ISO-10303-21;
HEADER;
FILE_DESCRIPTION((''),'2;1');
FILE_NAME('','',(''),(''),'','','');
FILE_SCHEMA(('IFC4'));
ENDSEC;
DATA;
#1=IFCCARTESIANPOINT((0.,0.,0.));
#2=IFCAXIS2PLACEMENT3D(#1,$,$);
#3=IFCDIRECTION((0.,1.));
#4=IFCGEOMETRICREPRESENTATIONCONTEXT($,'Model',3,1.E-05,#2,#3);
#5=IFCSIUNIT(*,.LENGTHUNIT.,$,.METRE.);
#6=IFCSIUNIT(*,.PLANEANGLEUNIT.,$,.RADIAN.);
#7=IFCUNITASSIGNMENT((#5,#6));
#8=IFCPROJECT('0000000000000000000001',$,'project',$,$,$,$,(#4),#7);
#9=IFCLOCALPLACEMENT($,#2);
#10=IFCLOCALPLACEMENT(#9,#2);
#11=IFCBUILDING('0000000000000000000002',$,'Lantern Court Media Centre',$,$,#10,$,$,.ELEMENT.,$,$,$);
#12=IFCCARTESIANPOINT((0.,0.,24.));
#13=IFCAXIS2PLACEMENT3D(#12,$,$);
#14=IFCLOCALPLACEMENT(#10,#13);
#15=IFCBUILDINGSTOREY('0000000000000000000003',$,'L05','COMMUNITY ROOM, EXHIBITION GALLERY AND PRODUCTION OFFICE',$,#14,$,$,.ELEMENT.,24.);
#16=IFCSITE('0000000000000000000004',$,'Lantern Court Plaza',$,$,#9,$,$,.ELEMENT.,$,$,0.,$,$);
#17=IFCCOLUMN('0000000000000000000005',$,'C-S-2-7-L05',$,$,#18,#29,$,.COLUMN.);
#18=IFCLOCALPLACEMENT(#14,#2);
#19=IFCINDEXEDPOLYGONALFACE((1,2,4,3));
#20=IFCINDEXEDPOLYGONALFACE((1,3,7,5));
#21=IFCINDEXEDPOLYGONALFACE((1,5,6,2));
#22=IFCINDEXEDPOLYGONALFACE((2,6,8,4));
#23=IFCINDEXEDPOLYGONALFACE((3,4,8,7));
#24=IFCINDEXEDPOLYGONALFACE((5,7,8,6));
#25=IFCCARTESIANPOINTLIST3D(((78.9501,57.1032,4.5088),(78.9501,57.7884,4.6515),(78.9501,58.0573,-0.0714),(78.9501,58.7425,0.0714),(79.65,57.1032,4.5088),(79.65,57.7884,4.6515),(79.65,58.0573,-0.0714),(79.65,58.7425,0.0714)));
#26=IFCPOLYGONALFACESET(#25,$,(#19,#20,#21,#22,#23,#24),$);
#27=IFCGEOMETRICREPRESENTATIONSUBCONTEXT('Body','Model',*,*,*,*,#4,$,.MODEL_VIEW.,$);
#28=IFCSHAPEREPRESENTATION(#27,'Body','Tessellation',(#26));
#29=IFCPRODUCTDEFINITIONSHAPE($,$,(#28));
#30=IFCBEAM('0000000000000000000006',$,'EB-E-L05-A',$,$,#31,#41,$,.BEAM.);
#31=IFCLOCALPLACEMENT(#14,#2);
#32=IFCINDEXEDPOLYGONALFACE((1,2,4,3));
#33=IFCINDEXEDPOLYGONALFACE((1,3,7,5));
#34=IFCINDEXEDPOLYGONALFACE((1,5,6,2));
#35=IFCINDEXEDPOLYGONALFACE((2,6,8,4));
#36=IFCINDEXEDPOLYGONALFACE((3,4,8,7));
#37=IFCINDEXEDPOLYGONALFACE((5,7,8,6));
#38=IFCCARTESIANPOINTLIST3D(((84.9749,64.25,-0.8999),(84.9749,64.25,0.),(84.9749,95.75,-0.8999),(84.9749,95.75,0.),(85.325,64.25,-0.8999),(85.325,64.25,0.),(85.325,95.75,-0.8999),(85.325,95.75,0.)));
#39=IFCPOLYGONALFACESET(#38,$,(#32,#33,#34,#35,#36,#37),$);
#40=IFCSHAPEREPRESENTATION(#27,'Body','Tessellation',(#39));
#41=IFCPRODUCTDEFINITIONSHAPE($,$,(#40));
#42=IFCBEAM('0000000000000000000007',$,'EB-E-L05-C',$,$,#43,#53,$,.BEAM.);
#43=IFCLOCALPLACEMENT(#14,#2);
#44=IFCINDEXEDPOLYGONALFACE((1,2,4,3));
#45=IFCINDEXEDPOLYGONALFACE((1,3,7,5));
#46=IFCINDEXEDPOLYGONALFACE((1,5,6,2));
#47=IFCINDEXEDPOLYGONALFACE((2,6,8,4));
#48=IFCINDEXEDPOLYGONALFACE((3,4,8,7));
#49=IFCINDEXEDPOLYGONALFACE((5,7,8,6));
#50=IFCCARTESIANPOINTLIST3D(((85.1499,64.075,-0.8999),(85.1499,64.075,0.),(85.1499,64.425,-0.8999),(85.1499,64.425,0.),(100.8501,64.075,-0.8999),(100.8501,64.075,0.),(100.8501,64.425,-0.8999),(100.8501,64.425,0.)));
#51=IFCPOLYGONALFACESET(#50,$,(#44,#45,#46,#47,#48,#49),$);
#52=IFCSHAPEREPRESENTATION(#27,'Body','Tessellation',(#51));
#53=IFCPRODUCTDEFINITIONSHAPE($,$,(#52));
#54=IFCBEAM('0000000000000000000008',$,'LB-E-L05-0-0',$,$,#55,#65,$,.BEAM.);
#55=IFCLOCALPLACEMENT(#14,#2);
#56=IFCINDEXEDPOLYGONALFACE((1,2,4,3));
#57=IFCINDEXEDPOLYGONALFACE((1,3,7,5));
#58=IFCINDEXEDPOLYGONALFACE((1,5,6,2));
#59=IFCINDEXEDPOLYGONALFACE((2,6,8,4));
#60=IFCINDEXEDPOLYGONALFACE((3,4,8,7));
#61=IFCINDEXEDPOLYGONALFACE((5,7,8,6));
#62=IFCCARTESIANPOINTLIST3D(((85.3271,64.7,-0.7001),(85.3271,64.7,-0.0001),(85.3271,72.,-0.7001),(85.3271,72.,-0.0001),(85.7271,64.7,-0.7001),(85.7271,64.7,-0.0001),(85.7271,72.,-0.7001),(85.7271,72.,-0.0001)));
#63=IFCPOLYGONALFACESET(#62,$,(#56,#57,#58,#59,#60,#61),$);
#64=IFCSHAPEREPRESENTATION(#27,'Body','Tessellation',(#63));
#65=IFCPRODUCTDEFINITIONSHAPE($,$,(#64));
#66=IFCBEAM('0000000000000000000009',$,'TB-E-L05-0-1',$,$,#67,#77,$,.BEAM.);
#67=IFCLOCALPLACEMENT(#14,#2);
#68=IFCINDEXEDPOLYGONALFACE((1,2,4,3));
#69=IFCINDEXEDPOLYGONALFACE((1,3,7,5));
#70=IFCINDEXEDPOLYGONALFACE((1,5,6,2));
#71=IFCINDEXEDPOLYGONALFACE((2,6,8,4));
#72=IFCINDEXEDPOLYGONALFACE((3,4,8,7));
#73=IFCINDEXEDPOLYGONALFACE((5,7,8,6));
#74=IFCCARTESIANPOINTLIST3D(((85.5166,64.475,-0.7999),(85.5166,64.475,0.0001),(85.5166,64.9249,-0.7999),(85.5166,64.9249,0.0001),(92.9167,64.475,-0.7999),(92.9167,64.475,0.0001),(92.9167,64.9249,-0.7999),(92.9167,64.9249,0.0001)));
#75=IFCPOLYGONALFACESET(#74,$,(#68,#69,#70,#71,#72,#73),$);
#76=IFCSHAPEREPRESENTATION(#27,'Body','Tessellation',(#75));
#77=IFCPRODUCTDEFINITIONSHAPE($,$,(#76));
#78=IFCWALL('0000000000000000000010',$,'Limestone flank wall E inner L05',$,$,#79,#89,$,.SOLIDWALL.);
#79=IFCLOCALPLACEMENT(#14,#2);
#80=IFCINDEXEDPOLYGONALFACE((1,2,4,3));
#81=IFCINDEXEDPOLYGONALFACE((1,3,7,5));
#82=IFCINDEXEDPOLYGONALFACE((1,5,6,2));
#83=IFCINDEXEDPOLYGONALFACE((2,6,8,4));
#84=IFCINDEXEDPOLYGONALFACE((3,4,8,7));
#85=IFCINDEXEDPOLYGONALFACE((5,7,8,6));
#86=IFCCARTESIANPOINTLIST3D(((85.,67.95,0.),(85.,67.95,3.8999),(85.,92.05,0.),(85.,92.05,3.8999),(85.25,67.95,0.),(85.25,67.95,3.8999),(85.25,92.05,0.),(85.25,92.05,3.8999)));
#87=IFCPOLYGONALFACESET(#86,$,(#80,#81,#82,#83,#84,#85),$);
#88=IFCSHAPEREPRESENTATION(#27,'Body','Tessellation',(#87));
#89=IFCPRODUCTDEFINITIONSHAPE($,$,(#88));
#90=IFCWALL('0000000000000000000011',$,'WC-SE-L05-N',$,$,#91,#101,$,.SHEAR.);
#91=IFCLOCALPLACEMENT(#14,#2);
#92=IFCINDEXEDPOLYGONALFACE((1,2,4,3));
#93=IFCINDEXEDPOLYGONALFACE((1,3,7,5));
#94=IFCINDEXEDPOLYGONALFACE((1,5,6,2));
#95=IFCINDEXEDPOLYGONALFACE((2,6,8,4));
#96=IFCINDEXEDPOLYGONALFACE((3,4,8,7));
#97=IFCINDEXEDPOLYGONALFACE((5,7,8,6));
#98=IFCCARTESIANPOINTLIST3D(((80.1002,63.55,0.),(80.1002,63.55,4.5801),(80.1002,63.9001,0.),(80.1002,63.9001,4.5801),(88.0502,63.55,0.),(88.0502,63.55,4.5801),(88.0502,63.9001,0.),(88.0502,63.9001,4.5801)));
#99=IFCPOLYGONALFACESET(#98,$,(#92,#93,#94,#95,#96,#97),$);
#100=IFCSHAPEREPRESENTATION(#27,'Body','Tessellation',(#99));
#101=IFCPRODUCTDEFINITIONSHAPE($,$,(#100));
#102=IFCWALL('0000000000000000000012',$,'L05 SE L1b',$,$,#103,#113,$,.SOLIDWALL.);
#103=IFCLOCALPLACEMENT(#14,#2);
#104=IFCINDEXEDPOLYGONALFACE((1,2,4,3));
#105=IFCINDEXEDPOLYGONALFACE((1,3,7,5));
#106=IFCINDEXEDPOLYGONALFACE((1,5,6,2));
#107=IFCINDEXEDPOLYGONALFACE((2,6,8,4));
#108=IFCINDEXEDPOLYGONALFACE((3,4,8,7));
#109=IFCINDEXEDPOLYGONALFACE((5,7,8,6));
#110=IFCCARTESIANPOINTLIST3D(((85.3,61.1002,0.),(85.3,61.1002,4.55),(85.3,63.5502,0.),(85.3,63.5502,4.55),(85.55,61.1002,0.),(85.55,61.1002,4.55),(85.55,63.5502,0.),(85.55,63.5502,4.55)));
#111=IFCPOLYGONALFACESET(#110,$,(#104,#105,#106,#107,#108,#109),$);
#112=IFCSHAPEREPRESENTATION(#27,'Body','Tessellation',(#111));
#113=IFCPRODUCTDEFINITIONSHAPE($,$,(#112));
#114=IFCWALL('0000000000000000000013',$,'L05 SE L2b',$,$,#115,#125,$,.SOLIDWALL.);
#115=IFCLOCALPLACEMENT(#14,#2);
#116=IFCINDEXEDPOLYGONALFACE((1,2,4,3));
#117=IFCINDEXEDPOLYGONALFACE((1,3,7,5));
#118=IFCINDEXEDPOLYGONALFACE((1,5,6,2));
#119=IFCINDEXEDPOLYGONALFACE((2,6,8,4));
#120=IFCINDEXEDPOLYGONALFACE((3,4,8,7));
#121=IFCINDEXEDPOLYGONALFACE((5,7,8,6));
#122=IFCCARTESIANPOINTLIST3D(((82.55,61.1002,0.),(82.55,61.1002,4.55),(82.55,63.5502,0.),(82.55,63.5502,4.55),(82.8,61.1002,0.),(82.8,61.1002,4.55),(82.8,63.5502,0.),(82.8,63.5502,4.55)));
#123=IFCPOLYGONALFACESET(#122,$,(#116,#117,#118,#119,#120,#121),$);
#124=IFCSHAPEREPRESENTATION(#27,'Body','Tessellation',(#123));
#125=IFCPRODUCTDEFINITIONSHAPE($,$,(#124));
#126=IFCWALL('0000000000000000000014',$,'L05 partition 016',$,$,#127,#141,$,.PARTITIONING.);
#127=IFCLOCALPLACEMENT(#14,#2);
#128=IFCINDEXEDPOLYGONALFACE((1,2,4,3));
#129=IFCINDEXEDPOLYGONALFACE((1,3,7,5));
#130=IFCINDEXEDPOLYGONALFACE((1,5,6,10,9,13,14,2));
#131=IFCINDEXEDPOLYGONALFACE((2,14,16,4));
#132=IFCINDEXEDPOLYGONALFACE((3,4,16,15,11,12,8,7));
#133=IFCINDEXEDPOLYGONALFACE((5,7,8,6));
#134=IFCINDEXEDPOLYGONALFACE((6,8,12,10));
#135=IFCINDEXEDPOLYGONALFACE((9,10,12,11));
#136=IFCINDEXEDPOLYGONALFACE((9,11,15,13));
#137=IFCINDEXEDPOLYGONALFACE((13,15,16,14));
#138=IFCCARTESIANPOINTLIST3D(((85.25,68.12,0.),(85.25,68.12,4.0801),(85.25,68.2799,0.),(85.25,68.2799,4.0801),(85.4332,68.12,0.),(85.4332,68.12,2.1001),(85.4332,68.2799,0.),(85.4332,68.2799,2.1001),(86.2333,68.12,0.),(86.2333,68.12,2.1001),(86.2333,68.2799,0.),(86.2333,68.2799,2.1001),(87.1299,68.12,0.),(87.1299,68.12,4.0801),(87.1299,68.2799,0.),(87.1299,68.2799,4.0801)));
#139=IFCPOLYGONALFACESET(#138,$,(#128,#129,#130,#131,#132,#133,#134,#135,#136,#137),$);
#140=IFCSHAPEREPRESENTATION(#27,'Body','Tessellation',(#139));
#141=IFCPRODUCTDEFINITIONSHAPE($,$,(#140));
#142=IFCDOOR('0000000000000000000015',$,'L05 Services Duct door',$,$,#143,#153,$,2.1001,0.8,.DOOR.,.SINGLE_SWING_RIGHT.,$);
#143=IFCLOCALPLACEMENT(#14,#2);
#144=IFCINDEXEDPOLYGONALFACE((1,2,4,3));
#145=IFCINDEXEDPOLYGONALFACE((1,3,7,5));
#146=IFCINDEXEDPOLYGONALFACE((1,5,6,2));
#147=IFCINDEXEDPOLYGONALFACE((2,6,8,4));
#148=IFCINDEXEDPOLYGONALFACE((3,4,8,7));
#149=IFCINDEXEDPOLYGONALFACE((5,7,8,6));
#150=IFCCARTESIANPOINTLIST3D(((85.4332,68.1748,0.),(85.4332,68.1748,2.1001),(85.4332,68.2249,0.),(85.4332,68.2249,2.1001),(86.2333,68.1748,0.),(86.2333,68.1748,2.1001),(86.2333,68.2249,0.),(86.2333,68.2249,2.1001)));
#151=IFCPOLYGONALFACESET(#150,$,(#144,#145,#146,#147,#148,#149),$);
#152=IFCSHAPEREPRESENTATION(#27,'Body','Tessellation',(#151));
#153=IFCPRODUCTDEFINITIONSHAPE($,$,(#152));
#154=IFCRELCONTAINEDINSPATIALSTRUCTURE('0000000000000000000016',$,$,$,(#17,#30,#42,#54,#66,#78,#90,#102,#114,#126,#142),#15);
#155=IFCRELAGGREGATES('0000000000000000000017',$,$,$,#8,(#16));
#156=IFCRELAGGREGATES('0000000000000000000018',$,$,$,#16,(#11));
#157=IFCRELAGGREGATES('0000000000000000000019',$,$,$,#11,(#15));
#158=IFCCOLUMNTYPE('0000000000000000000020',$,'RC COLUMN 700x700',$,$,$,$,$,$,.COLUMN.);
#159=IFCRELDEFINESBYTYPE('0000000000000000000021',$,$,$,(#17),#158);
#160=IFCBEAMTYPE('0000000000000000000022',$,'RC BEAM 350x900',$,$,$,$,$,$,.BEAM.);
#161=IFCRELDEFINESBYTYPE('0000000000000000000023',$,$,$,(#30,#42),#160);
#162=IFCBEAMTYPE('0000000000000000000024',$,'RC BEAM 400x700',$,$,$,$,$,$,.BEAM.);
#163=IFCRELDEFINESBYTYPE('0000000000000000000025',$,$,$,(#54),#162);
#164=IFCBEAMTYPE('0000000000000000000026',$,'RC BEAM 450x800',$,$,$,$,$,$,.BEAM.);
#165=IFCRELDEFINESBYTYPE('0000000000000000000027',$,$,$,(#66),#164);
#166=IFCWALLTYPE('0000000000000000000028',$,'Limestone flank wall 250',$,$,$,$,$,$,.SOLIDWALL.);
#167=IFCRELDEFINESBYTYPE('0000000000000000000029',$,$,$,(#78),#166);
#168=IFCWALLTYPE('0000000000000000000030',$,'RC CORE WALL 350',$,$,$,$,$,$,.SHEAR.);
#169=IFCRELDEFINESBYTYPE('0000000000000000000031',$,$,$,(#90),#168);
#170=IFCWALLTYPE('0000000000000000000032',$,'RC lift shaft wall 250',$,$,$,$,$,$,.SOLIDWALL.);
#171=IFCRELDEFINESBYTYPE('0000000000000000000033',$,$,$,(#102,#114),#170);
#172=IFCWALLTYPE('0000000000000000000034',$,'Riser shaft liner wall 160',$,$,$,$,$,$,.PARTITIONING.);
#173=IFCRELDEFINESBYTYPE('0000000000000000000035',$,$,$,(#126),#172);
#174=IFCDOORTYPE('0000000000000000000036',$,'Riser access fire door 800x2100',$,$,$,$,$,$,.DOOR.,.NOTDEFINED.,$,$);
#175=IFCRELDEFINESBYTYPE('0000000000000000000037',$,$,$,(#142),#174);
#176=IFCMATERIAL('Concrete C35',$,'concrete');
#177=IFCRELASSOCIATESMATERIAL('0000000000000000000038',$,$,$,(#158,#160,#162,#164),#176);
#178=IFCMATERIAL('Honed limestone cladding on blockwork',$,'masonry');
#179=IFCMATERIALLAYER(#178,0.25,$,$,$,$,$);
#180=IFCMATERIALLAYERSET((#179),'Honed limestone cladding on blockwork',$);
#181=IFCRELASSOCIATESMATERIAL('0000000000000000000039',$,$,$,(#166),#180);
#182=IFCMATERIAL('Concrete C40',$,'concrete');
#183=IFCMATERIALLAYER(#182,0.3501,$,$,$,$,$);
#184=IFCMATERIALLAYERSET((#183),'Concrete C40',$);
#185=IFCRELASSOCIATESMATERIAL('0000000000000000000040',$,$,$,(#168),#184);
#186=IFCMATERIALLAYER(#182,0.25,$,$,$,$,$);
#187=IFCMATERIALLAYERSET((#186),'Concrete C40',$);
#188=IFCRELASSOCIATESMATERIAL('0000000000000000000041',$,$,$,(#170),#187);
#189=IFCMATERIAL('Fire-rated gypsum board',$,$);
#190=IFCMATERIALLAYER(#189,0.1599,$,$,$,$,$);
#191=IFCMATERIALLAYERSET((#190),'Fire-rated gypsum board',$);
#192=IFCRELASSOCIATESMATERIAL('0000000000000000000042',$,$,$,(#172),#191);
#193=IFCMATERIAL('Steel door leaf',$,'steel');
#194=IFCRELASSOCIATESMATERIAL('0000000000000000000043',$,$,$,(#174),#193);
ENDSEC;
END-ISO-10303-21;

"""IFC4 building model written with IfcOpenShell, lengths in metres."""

from ifc_helpers import new_model, si_unit, direction, frame, frame_2d, origin, origin_2d, place, context, subcontext, project, spatial, rectangle, extrude, material, layer, layer_set, material_profile, profile_set, type_object, element, fill, save


model = new_model("IFC4")

# Units and contexts
model_context = context("Model", 3, precision=1e-05, world=origin(), true_north=direction((0.0, 1.0)))
body_context = subcontext(model_context, "Body", "Model", "MODEL_VIEW")
ifc_project = project(units=[si_unit("LENGTHUNIT", "METRE"), si_unit("PLANEANGLEUNIT", "RADIAN")], contexts=[model_context])

# Site, building, storey
site_placement = place(None, origin())
site = spatial("IfcSite", under=ifc_project, at=site_placement, Name="Lantern Court Plaza", CompositionType="ELEMENT", RefElevation=0.0)
building_placement = place(site_placement, origin())
building = spatial("IfcBuilding", under=site, at=building_placement, Name="Lantern Court Media Centre", CompositionType="ELEMENT")
storey_placement = place(building_placement, frame((0.0, 0.0, 24.0)))
storey = spatial("IfcBuildingStorey", under=building, at=storey_placement, Name="L05", Description="COMMUNITY ROOM, EXHIBITION GALLERY AND PRODUCTION OFFICE", CompositionType="ELEMENT", Elevation=24.0)

# Column
ifc_material_1 = material(Name="Concrete C35", Category="concrete")
ifc_material_profile_1 = material_profile(ifc_material_1, rectangle(XDim=0.7, YDim=0.7, at=origin_2d()), Name="RC 700x700")
ifc_profile_set_1 = profile_set([ifc_material_profile_1], Name="Concrete C35")
column_type = type_object("IfcColumnType", Name="RC COLUMN 700x700", PredefinedType="COLUMN", material=ifc_profile_set_1)
column_placement = place(storey_placement, frame((79.3, 58.3999, 0.0), z_axis=(0.0, -0.203938, 0.978984), x_axis=(1.0, 0.0, 0.0)))
element("IfcColumn", 1, at=column_placement, inside=storey, type_object=column_type, Name="C-S-2-7-L05", PredefinedType="COLUMN", context=body_context, shape_type="SweptSolid", body=[
    extrude(rectangle(XDim=0.7, YDim=0.7, at=origin_2d()), origin(), (0.0, 0.0, 1.0), 4.6785),
])

# Beams
ifc_material_profile_2 = material_profile(ifc_material_1, rectangle(XDim=0.3501, YDim=0.8999, at=origin_2d()), Name="RC 350x900")
ifc_profile_set_2 = profile_set([ifc_material_profile_2], Name="Concrete C35")
beam_type_1 = type_object("IfcBeamType", Name="RC BEAM 350x900", PredefinedType="BEAM", material=ifc_profile_set_2)
beam_1_placement = place(storey_placement, frame((85.1499, 64.25, -0.45), z_axis=(0.0, 1.0, 0.0), x_axis=(-1.0, 0.0, 0.0)))
element("IfcBeam", 2, at=beam_1_placement, inside=storey, type_object=beam_type_1, Name="EB-E-L05-A", PredefinedType="BEAM", context=body_context, shape_type="SweptSolid", body=[
    extrude(rectangle(XDim=0.3501, YDim=0.8999, at=origin_2d()), origin(), (0.0, 0.0, 1.0), 31.5),
])
beam_2_placement = place(storey_placement, frame((85.1499, 64.25, -0.45), z_axis=(1.0, 0.0, 0.0), x_axis=(0.0, 1.0, 0.0)))
element("IfcBeam", 3, at=beam_2_placement, inside=storey, type_object=beam_type_1, Name="EB-E-L05-C", PredefinedType="BEAM", context=body_context, shape_type="SweptSolid", body=[
    extrude(rectangle(XDim=0.3501, YDim=0.8999, at=origin_2d()), origin(), (0.0, 0.0, 1.0), 15.7002),
])
ifc_material_profile_3 = material_profile(ifc_material_1, rectangle(XDim=0.3999, YDim=0.7, at=origin_2d()), Name="RC 400x700")
ifc_profile_set_3 = profile_set([ifc_material_profile_3], Name="Concrete C35")
beam_type_2 = type_object("IfcBeamType", Name="RC BEAM 400x700", PredefinedType="BEAM", material=ifc_profile_set_3)
beam_3_placement = place(storey_placement, frame((85.5271, 64.7, -0.3501), z_axis=(0.0, 1.0, 0.0), x_axis=(-1.0, 0.0, 0.0)))
element("IfcBeam", 4, at=beam_3_placement, inside=storey, type_object=beam_type_2, Name="LB-E-L05-0-0", PredefinedType="BEAM", context=body_context, shape_type="SweptSolid", body=[
    extrude(rectangle(XDim=0.3999, YDim=0.7, at=origin_2d()), origin(), (0.0, 0.0, 1.0), 7.3),
])
ifc_material_profile_4 = material_profile(ifc_material_1, rectangle(XDim=0.45, YDim=0.8, at=origin_2d()), Name="RC 450x800")
ifc_profile_set_4 = profile_set([ifc_material_profile_4], Name="Concrete C35")
beam_type_3 = type_object("IfcBeamType", Name="RC BEAM 450x800", PredefinedType="BEAM", material=ifc_profile_set_4)
beam_4_placement = place(storey_placement, frame((85.5166, 64.7, -0.3999), z_axis=(1.0, 0.0, 0.0), x_axis=(0.0, 1.0, 0.0)))
element("IfcBeam", 5, at=beam_4_placement, inside=storey, type_object=beam_type_3, Name="TB-E-L05-0-1", PredefinedType="BEAM", context=body_context, shape_type="SweptSolid", body=[
    extrude(rectangle(XDim=0.45, YDim=0.8, at=origin_2d()), origin(), (0.0, 0.0, 1.0), 7.4001),
])

# Walls
ifc_material_2 = material(Name="Honed limestone cladding on blockwork", Category="masonry")
ifc_layer_1 = layer(ifc_material_2, 0.25)
ifc_layer_set_1 = layer_set([ifc_layer_1], Name="Honed limestone cladding on blockwork")
wall_type_1 = type_object("IfcWallType", Name="Limestone flank wall 250", PredefinedType="SOLIDWALL", material=ifc_layer_set_1)
wall_1_placement = place(storey_placement, frame((85.125, 67.95, 0.0), z_axis=(0.0, 0.0, 1.0), x_axis=(0.0, 1.0, 0.0)))
element("IfcWall", 6, at=wall_1_placement, inside=storey, type_object=wall_type_1, Name="Limestone flank wall E inner L05", PredefinedType="SOLIDWALL", context=body_context, shape_type="SweptSolid", body=[
    extrude(rectangle(XDim=24.1001, YDim=0.25, at=frame_2d((12.05, 0.0))), origin(), (0.0, 0.0, 1.0), 3.8999),
])
ifc_material_3 = material(Name="Concrete C40", Category="concrete")
ifc_layer_2 = layer(ifc_material_3, 0.3501)
ifc_layer_set_2 = layer_set([ifc_layer_2], Name="Concrete C40")
wall_type_2 = type_object("IfcWallType", Name="RC CORE WALL 350", PredefinedType="SHEAR", material=ifc_layer_set_2)
wall_2_placement = place(storey_placement, frame((80.1001, 63.7251, 0.0), z_axis=(0.0, 0.0, 1.0), x_axis=(1.0, 0.0, 0.0)))
element("IfcWall", 7, at=wall_2_placement, inside=storey, type_object=wall_type_2, Name="WC-SE-L05-N", PredefinedType="SHEAR", context=body_context, shape_type="SweptSolid", body=[
    extrude(rectangle(XDim=7.95, YDim=0.3501, at=frame_2d((3.9751, 0.0))), origin(), (0.0, 0.0, 1.0), 4.5801),
])
ifc_layer_3 = layer(ifc_material_3, 0.25)
ifc_layer_set_3 = layer_set([ifc_layer_3], Name="Concrete C40")
wall_type_3 = type_object("IfcWallType", Name="RC lift shaft wall 250", PredefinedType="SOLIDWALL", material=ifc_layer_set_3)
for number, where, z_axis, x_axis, name in (
    (8, (85.425, 61.1001, 0.0), (0.0, 0.0, 1.0), (0.0, 1.0, 0.0), "L05 SE L1b"),
    (9, (82.675, 61.1001, 0.0), (0.0, 0.0, 1.0), (0.0, 1.0, 0.0), "L05 SE L2b"),
):
    element("IfcWall", number, at=place(storey_placement, frame(where, z_axis=z_axis, x_axis=x_axis)), inside=storey, type_object=wall_type_3, Name=name, PredefinedType="SOLIDWALL", context=body_context, shape_type="SweptSolid", body=[
        extrude(rectangle(XDim=2.45, YDim=0.25, at=frame_2d((1.2251, 0.0))), origin(), (0.0, 0.0, 1.0), 4.55),
    ])

# Wall, opening, door
ifc_material_4 = material(Name="Fire-rated gypsum board")
ifc_layer_4 = layer(ifc_material_4, 0.1599)
ifc_layer_set_4 = layer_set([ifc_layer_4], Name="Fire-rated gypsum board")
wall_type_4 = type_object("IfcWallType", Name="Riser shaft liner wall 160", PredefinedType="PARTITIONING", material=ifc_layer_set_4)
wall_3_placement = place(storey_placement, frame((85.25, 68.2, 0.0), z_axis=(0.0, 0.0, 1.0), x_axis=(1.0, 0.0, 0.0)))
wall_3 = element("IfcWall", 10, at=wall_3_placement, inside=storey, type_object=wall_type_4, Name="L05 partition 016", PredefinedType="PARTITIONING", context=body_context, shape_type="SweptSolid", body=[
    extrude(rectangle(XDim=1.8799, YDim=0.1599, at=frame_2d((0.9399, 0.0))), origin(), (0.0, 0.0, 1.0), 4.0801),
])
opening_placement = place(wall_3_placement, frame((0.1833, 0.0, 0.0)))
opening = element("IfcOpeningElement", 11, at=opening_placement, cuts=wall_3, PredefinedType="OPENING", context=body_context, shape_type="SweptSolid", body=[
    extrude(rectangle(XDim=0.8, YDim=2.1001, at=frame_2d((0.3999, 1.05))), frame((0.0, 0.0898, 0.0), z_axis=(0.0, -1.0, 0.0), x_axis=(1.0, 0.0, 0.0)), (0.0, 0.0, 1.0), 0.1799),
])
ifc_material_5 = material(Name="Steel door leaf", Category="steel")
door_type = type_object("IfcDoorType", Name="Riser access fire door 800x2100", OperationType="NOTDEFINED", PredefinedType="DOOR", material=ifc_material_5)
door_placement = place(opening_placement, origin())
door = element("IfcDoor", 12, at=door_placement, inside=storey, type_object=door_type, Name="L05 Services Duct door", OperationType="SINGLE_SWING_RIGHT", OverallHeight=2.1001, OverallWidth=0.8, PredefinedType="DOOR", context=body_context, shape_type="SweptSolid", body=[
    extrude(rectangle(XDim=0.8, YDim=2.1001, at=frame_2d((0.3999, 1.05))), frame((0.0, 0.0249, 0.0), z_axis=(0.0, -1.0, 0.0), x_axis=(1.0, 0.0, 0.0)), (0.0, 0.0, 1.0), 0.05),
])
fill(opening, door)

save(model, "model.ifc")
